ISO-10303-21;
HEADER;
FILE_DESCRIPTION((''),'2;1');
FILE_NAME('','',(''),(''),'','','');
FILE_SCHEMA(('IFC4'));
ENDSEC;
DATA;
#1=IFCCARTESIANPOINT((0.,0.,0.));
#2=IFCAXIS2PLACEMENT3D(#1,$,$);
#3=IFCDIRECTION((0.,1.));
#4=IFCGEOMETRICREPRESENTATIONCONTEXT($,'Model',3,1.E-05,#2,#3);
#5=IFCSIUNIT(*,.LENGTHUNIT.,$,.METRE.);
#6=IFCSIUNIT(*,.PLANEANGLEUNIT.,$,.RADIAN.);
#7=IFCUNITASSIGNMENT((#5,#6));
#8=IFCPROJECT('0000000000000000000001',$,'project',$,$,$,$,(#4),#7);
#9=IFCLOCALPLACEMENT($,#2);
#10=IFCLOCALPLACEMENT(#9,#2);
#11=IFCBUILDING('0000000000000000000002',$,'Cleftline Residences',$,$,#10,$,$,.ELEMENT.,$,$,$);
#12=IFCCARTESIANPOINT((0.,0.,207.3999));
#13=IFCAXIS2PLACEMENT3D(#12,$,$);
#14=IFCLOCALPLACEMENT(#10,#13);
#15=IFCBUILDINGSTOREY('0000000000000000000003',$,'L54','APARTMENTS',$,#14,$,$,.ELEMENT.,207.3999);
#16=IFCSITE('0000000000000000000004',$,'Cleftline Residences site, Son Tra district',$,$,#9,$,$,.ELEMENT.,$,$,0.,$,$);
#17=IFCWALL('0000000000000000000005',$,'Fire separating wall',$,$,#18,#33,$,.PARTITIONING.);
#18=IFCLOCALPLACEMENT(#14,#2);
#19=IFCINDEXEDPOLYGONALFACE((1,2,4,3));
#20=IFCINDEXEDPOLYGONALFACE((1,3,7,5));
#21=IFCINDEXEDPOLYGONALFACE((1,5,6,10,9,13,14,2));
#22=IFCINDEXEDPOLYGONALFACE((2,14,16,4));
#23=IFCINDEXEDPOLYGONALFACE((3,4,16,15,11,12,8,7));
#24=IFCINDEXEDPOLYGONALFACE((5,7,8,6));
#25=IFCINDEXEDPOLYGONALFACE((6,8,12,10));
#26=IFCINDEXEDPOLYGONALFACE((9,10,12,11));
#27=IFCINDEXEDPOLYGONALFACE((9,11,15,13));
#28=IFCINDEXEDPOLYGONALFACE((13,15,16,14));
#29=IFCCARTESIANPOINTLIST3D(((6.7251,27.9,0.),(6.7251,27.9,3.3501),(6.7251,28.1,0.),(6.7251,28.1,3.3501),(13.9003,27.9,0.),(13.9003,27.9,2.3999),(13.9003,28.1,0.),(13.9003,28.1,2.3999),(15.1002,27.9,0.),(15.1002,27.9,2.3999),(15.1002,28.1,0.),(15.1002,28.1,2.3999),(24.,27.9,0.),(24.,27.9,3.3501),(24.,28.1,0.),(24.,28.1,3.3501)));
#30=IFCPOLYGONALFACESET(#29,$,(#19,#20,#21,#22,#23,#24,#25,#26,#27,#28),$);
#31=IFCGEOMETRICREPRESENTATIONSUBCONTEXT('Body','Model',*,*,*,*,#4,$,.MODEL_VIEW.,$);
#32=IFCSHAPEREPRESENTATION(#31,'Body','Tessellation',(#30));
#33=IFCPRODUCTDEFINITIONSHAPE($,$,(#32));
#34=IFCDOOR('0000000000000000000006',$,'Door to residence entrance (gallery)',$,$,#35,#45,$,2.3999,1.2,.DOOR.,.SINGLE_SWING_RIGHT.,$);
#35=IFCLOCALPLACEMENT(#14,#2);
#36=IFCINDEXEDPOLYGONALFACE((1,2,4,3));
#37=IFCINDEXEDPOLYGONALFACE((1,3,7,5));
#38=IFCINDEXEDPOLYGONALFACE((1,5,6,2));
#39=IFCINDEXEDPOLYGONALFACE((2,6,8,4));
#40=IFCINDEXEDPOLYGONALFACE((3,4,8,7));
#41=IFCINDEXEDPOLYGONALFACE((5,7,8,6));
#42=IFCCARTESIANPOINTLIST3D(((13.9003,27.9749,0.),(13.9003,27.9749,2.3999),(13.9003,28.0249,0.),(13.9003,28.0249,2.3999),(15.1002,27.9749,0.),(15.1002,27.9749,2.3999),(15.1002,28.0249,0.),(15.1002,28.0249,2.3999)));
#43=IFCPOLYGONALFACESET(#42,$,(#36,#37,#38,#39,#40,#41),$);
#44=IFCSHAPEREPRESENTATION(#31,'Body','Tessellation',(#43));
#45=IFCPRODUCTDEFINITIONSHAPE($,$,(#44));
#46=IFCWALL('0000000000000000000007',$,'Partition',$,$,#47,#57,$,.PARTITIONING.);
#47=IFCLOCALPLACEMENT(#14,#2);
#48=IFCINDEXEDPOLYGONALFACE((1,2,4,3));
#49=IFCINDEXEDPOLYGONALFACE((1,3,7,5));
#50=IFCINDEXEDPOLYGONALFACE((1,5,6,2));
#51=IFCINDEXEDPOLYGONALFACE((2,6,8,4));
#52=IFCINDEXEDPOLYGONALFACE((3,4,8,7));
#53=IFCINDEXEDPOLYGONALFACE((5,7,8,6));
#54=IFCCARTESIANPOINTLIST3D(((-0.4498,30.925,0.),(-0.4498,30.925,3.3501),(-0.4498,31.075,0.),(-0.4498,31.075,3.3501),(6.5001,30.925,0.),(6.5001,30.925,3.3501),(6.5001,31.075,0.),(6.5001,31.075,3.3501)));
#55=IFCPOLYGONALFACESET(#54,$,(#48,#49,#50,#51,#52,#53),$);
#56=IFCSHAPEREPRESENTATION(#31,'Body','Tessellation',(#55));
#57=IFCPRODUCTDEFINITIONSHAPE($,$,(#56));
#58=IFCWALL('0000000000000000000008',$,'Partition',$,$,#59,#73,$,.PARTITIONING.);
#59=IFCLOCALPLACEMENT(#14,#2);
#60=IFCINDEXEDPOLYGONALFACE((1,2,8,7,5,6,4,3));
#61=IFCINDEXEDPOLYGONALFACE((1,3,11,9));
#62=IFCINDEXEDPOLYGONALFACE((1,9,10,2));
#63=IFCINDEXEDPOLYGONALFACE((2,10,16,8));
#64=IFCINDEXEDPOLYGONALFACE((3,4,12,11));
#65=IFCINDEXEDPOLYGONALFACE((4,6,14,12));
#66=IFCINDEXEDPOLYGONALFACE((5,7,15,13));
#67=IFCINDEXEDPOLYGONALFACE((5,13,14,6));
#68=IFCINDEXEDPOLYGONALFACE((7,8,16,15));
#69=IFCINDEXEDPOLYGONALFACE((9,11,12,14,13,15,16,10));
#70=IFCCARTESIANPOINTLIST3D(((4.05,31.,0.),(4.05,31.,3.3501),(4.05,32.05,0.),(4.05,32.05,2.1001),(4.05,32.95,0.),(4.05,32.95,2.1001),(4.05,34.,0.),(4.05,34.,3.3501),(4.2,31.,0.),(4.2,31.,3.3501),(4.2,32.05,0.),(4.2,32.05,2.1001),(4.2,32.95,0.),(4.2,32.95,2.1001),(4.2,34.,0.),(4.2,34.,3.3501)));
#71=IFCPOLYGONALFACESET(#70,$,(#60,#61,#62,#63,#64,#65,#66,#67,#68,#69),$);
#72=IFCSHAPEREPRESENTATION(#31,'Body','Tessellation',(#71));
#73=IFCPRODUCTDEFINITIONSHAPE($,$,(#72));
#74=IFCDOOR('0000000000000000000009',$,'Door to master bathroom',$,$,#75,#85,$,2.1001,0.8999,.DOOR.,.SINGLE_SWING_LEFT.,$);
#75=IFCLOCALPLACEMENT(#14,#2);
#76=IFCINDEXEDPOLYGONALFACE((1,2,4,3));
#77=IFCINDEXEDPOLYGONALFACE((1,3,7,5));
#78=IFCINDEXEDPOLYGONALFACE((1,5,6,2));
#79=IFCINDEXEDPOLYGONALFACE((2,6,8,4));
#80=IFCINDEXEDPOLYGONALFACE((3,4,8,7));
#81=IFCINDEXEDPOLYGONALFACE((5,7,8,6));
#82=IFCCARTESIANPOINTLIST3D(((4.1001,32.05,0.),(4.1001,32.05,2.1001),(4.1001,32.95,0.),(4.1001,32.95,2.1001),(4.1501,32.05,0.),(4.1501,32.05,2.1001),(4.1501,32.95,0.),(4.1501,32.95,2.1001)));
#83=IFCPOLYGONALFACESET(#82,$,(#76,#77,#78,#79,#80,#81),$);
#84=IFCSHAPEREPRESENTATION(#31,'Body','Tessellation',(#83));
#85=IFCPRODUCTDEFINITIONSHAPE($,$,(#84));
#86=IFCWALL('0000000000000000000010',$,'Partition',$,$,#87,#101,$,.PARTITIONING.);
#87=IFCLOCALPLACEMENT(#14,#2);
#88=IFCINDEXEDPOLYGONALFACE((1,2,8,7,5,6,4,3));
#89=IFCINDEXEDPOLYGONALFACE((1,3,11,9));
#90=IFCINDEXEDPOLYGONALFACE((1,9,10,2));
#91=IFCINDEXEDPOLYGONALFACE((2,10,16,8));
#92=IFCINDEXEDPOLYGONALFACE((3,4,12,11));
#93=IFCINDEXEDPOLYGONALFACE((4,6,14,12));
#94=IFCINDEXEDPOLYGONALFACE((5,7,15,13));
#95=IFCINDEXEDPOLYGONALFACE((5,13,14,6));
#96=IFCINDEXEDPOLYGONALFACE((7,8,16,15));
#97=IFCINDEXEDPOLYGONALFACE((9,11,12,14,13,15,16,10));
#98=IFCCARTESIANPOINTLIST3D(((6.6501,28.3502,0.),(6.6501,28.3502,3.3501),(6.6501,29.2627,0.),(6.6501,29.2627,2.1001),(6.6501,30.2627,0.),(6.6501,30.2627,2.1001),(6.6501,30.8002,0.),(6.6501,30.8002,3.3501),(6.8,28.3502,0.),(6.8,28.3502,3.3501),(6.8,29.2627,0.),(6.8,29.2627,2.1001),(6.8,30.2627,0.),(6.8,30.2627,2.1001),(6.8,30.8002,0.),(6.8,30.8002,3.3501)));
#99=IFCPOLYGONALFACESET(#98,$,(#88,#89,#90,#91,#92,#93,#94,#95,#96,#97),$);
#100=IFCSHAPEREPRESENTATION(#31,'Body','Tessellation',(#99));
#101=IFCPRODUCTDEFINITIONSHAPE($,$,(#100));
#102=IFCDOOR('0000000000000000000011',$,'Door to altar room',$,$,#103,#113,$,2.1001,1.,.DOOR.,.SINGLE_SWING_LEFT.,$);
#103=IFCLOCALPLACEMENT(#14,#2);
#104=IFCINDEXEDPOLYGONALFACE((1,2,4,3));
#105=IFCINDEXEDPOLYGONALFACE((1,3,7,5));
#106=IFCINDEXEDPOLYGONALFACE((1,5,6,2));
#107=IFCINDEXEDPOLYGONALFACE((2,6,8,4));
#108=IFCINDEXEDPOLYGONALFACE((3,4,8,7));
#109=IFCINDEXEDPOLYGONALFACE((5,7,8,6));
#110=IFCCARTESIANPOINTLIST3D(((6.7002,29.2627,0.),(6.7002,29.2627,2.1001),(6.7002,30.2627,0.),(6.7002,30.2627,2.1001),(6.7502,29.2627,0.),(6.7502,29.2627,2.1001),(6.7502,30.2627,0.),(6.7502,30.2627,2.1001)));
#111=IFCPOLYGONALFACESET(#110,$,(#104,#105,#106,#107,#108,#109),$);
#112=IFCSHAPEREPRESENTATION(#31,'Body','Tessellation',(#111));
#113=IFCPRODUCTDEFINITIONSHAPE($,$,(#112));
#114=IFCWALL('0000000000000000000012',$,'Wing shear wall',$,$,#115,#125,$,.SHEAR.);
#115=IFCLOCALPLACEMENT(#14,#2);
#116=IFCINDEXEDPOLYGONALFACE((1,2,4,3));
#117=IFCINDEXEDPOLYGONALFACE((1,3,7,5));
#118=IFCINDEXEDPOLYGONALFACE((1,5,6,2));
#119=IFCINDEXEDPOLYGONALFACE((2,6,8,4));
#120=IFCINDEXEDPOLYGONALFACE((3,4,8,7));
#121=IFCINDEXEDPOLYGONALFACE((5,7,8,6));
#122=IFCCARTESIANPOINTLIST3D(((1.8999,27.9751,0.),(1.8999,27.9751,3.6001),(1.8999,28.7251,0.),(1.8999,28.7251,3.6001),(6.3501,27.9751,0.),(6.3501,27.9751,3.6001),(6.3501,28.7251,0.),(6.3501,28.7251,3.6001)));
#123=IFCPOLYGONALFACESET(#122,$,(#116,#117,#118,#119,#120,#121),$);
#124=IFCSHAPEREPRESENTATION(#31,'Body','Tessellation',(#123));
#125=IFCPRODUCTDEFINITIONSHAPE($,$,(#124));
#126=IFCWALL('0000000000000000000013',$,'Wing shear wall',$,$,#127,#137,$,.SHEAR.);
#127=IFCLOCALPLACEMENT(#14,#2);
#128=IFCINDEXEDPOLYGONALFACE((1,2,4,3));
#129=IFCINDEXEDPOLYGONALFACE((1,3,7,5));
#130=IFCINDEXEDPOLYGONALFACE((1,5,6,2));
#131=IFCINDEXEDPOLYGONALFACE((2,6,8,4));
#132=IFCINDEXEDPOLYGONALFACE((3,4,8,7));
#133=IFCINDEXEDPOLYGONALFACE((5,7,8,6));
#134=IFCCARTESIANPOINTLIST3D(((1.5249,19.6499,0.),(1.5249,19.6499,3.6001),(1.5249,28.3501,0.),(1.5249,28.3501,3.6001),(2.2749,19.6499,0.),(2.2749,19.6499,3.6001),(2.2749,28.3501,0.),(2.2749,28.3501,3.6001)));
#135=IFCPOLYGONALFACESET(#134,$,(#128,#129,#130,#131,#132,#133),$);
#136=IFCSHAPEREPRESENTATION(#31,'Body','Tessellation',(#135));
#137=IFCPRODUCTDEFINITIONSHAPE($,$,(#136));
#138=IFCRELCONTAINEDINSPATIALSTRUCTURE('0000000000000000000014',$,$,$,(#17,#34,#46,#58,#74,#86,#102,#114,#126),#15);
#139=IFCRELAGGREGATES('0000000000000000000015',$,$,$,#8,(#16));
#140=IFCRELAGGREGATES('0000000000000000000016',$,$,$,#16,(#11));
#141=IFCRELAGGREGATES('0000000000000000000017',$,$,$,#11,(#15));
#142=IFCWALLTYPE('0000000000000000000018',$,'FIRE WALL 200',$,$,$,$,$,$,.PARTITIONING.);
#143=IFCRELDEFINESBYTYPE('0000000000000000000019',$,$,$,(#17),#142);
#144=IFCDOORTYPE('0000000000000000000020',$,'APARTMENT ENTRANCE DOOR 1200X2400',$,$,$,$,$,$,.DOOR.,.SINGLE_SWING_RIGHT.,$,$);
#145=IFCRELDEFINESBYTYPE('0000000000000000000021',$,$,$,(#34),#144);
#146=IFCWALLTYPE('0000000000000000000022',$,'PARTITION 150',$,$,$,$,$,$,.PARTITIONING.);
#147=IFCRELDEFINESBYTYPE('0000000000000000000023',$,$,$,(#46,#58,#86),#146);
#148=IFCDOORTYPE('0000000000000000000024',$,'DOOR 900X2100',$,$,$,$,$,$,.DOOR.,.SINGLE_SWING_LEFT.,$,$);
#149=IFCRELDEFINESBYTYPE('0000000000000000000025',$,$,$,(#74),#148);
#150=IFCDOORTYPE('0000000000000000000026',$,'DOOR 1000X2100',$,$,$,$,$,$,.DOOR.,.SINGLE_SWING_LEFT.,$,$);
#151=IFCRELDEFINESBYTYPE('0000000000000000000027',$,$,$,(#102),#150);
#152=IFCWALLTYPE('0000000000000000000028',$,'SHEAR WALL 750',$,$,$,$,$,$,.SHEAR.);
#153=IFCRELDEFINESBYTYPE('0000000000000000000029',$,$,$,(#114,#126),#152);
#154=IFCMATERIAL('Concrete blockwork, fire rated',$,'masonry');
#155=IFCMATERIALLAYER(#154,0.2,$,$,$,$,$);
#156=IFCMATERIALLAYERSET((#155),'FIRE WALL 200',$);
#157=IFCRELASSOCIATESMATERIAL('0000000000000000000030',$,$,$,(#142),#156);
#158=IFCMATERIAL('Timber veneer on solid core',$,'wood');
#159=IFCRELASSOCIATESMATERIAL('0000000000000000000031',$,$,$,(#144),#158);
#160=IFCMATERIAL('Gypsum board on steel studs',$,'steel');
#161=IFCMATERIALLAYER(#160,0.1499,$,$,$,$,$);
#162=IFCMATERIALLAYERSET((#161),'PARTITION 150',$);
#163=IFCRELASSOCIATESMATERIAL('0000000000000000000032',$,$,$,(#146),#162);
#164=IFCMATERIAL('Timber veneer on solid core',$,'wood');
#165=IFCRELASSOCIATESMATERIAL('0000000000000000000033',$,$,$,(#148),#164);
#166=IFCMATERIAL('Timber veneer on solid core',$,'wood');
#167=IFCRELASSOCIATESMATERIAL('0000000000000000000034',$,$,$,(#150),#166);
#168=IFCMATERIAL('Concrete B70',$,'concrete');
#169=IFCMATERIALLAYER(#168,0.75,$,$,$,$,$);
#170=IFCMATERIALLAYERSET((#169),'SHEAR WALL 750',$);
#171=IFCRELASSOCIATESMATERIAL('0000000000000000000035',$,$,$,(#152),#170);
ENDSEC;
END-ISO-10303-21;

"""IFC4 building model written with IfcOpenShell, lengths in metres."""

from ifc_helpers import new_model, si_unit, direction, frame, frame_2d, origin, place, context, subcontext, project, spatial, rectangle, extrude, material, layer, layer_set, type_object, element, fill, save


model = new_model("IFC4")

# Units and contexts
model_context = context("Model", 3, precision=1e-05, world=origin(), true_north=direction((0.0, 1.0)))
body_context = subcontext(model_context, "Body", "Model", "MODEL_VIEW")
ifc_project = project(units=[si_unit("LENGTHUNIT", "METRE"), si_unit("PLANEANGLEUNIT", "RADIAN")], contexts=[model_context])

# Site, building, storey
site_placement = place(None, origin())
site = spatial("IfcSite", under=ifc_project, at=site_placement, Name="Cleftline Residences site, Son Tra district", CompositionType="ELEMENT", RefElevation=0.0)
building_placement = place(site_placement, origin())
building = spatial("IfcBuilding", under=site, at=building_placement, Name="Cleftline Residences", CompositionType="ELEMENT")
storey_placement = place(building_placement, frame((0.0, 0.0, 207.3999)))
storey = spatial("IfcBuildingStorey", under=building, at=storey_placement, Name="L54", Description="APARTMENTS", CompositionType="ELEMENT", Elevation=207.3999)

# Shared definitions
ifc_material_1 = material(Name="Concrete blockwork, fire rated", Category="masonry")
ifc_layer_1 = layer(ifc_material_1, 0.2)
ifc_layer_set_1 = layer_set([ifc_layer_1], Name="FIRE WALL 200")
wall_type_1 = type_object("IfcWallType", Name="FIRE WALL 200", PredefinedType="PARTITIONING", material=ifc_layer_set_1)

# Wall, opening, door
wall_1_placement = place(storey_placement, frame((6.7251, 28.0, 0.0), z_axis=(0.0, 0.0, 1.0), x_axis=(1.0, 0.0, 0.0)))
wall_1 = element("IfcWall", 1, at=wall_1_placement, inside=storey, type_object=wall_type_1, Name="Fire separating wall", PredefinedType="PARTITIONING", context=body_context, shape_type="SweptSolid", body=[
    extrude(rectangle(XDim=17.2749, YDim=0.2, at=frame_2d((8.6375, 0.0))), origin(), (0.0, 0.0, 1.0), 3.3501),
])
opening_1_placement = place(wall_1_placement, frame((7.175, 0.0, 0.0)))
opening_1 = element("IfcOpeningElement", 2, at=opening_1_placement, cuts=wall_1, PredefinedType="OPENING", context=body_context, shape_type="SweptSolid", body=[
    extrude(rectangle(XDim=1.2, YDim=2.3999, at=frame_2d((0.6001, 1.2))), frame((0.0, 0.1099, 0.0), z_axis=(0.0, -1.0, 0.0), x_axis=(1.0, 0.0, 0.0)), (0.0, 0.0, 1.0), 0.22),
])
ifc_material_2 = material(Name="Timber veneer on solid core", Category="wood")
door_type_1 = type_object("IfcDoorType", Name="APARTMENT ENTRANCE DOOR 1200X2400", OperationType="SINGLE_SWING_RIGHT", PredefinedType="DOOR", material=ifc_material_2)
door_1_placement = place(opening_1_placement, origin())
door_1 = element("IfcDoor", 3, at=door_1_placement, inside=storey, type_object=door_type_1, Name="Door to residence entrance (gallery)", OperationType="SINGLE_SWING_RIGHT", OverallHeight=2.3999, OverallWidth=1.2, PredefinedType="DOOR", context=body_context, shape_type="SweptSolid", body=[
    extrude(rectangle(XDim=1.2, YDim=2.3999, at=frame_2d((0.6001, 1.2))), frame((0.0, 0.0249, 0.0), z_axis=(0.0, -1.0, 0.0), x_axis=(1.0, 0.0, 0.0)), (0.0, 0.0, 1.0), 0.05),
])
fill(opening_1, door_1)

# Wall
ifc_material_3 = material(Name="Gypsum board on steel studs", Category="steel")
ifc_layer_2 = layer(ifc_material_3, 0.1499)
ifc_layer_set_2 = layer_set([ifc_layer_2], Name="PARTITION 150")
wall_type_2 = type_object("IfcWallType", Name="PARTITION 150", PredefinedType="PARTITIONING", material=ifc_layer_set_2)
wall_2_placement = place(storey_placement, frame((-0.45, 31.0, 0.0), z_axis=(0.0, 0.0, 1.0), x_axis=(1.0, 0.0, 0.0)))
element("IfcWall", 4, at=wall_2_placement, inside=storey, type_object=wall_type_2, Name="Partition", PredefinedType="PARTITIONING", context=body_context, shape_type="SweptSolid", body=[
    extrude(rectangle(XDim=6.95, YDim=0.1499, at=frame_2d((3.4751, 0.0))), origin(), (0.0, 0.0, 1.0), 3.3501),
])

# Walls, openings, doors
wall_3_placement = place(storey_placement, frame((4.125, 31.0, 0.0), z_axis=(0.0, 0.0, 1.0), x_axis=(0.0, 1.0, 0.0)))
wall_3 = element("IfcWall", 5, at=wall_3_placement, inside=storey, type_object=wall_type_2, Name="Partition", PredefinedType="PARTITIONING", context=body_context, shape_type="SweptSolid", body=[
    extrude(rectangle(XDim=3.0, YDim=0.1499, at=frame_2d((1.5, 0.0))), origin(), (0.0, 0.0, 1.0), 3.3501),
])
opening_2_placement = place(wall_3_placement, frame((1.05, 0.0, 0.0)))
opening_2 = element("IfcOpeningElement", 6, at=opening_2_placement, cuts=wall_3, PredefinedType="OPENING", context=body_context, shape_type="SweptSolid", body=[
    extrude(rectangle(XDim=0.8999, YDim=2.1001, at=frame_2d((0.45, 1.05))), frame((0.0, 0.085, 0.0), z_axis=(0.0, -1.0, 0.0), x_axis=(1.0, 0.0, 0.0)), (0.0, 0.0, 1.0), 0.1699),
])
ifc_material_4 = material(Name="Timber veneer on solid core", Category="wood")
door_type_2 = type_object("IfcDoorType", Name="DOOR 900X2100", OperationType="SINGLE_SWING_LEFT", PredefinedType="DOOR", material=ifc_material_4)
door_2_placement = place(opening_2_placement, origin())
door_2 = element("IfcDoor", 7, at=door_2_placement, inside=storey, type_object=door_type_2, Name="Door to master bathroom", OperationType="SINGLE_SWING_LEFT", OverallHeight=2.1001, OverallWidth=0.8999, PredefinedType="DOOR", context=body_context, shape_type="SweptSolid", body=[
    extrude(rectangle(XDim=0.8999, YDim=2.1001, at=frame_2d((0.45, 1.05))), frame((0.0, 0.0249, 0.0), z_axis=(0.0, -1.0, 0.0), x_axis=(1.0, 0.0, 0.0)), (0.0, 0.0, 1.0), 0.05),
])
fill(opening_2, door_2)
wall_4_placement = place(storey_placement, frame((6.7251, 28.3501, 0.0), z_axis=(0.0, 0.0, 1.0), x_axis=(0.0, 1.0, 0.0)))
wall_4 = element("IfcWall", 8, at=wall_4_placement, inside=storey, type_object=wall_type_2, Name="Partition", PredefinedType="PARTITIONING", context=body_context, shape_type="SweptSolid", body=[
    extrude(rectangle(XDim=2.45, YDim=0.1499, at=frame_2d((1.2251, 0.0))), origin(), (0.0, 0.0, 1.0), 3.3501),
])
opening_3_placement = place(wall_4_placement, frame((0.9126, 0.0, 0.0)))
opening_3 = element("IfcOpeningElement", 9, at=opening_3_placement, cuts=wall_4, PredefinedType="OPENING", context=body_context, shape_type="SweptSolid", body=[
    extrude(rectangle(XDim=1.0, YDim=2.1001, at=frame_2d((0.5, 1.05))), frame((0.0, 0.085, 0.0), z_axis=(0.0, -1.0, 0.0), x_axis=(1.0, 0.0, 0.0)), (0.0, 0.0, 1.0), 0.1699),
])
ifc_material_5 = material(Name="Timber veneer on solid core", Category="wood")
door_type_3 = type_object("IfcDoorType", Name="DOOR 1000X2100", OperationType="SINGLE_SWING_LEFT", PredefinedType="DOOR", material=ifc_material_5)
door_3_placement = place(opening_3_placement, origin())
door_3 = element("IfcDoor", 10, at=door_3_placement, inside=storey, type_object=door_type_3, Name="Door to altar room", OperationType="SINGLE_SWING_LEFT", OverallHeight=2.1001, OverallWidth=1.0, PredefinedType="DOOR", context=body_context, shape_type="SweptSolid", body=[
    extrude(rectangle(XDim=1.0, YDim=2.1001, at=frame_2d((0.5, 1.05))), frame((0.0, 0.0249, 0.0), z_axis=(0.0, -1.0, 0.0), x_axis=(1.0, 0.0, 0.0)), (0.0, 0.0, 1.0), 0.05),
])
fill(opening_3, door_3)

# Walls
ifc_material_6 = material(Name="Concrete B70", Category="concrete")
ifc_layer_3 = layer(ifc_material_6, 0.75)
ifc_layer_set_3 = layer_set([ifc_layer_3], Name="SHEAR WALL 750")
wall_type_3 = type_object("IfcWallType", Name="SHEAR WALL 750", PredefinedType="SHEAR", material=ifc_layer_set_3)
wall_5_placement = place(storey_placement, frame((6.3501, 28.3501, 0.0), z_axis=(0.0, 0.0, 1.0), x_axis=(-1.0, 0.0, 0.0)))
element("IfcWall", 11, at=wall_5_placement, inside=storey, type_object=wall_type_3, Name="Wing shear wall", PredefinedType="SHEAR", context=body_context, shape_type="SweptSolid", body=[
    extrude(rectangle(XDim=4.4502, YDim=0.75, at=frame_2d((2.2251, 0.0))), origin(), (0.0, 0.0, 1.0), 3.6001),
])
wall_6_placement = place(storey_placement, frame((1.8999, 28.3501, 0.0), z_axis=(0.0, 0.0, 1.0), x_axis=(0.0, -1.0, 0.0)))
element("IfcWall", 12, at=wall_6_placement, inside=storey, type_object=wall_type_3, Name="Wing shear wall", PredefinedType="SHEAR", context=body_context, shape_type="SweptSolid", body=[
    extrude(rectangle(XDim=8.7002, YDim=0.75, at=frame_2d((4.3501, 0.0))), origin(), (0.0, 0.0, 1.0), 3.6001),
])

save(model, "model.ifc")
